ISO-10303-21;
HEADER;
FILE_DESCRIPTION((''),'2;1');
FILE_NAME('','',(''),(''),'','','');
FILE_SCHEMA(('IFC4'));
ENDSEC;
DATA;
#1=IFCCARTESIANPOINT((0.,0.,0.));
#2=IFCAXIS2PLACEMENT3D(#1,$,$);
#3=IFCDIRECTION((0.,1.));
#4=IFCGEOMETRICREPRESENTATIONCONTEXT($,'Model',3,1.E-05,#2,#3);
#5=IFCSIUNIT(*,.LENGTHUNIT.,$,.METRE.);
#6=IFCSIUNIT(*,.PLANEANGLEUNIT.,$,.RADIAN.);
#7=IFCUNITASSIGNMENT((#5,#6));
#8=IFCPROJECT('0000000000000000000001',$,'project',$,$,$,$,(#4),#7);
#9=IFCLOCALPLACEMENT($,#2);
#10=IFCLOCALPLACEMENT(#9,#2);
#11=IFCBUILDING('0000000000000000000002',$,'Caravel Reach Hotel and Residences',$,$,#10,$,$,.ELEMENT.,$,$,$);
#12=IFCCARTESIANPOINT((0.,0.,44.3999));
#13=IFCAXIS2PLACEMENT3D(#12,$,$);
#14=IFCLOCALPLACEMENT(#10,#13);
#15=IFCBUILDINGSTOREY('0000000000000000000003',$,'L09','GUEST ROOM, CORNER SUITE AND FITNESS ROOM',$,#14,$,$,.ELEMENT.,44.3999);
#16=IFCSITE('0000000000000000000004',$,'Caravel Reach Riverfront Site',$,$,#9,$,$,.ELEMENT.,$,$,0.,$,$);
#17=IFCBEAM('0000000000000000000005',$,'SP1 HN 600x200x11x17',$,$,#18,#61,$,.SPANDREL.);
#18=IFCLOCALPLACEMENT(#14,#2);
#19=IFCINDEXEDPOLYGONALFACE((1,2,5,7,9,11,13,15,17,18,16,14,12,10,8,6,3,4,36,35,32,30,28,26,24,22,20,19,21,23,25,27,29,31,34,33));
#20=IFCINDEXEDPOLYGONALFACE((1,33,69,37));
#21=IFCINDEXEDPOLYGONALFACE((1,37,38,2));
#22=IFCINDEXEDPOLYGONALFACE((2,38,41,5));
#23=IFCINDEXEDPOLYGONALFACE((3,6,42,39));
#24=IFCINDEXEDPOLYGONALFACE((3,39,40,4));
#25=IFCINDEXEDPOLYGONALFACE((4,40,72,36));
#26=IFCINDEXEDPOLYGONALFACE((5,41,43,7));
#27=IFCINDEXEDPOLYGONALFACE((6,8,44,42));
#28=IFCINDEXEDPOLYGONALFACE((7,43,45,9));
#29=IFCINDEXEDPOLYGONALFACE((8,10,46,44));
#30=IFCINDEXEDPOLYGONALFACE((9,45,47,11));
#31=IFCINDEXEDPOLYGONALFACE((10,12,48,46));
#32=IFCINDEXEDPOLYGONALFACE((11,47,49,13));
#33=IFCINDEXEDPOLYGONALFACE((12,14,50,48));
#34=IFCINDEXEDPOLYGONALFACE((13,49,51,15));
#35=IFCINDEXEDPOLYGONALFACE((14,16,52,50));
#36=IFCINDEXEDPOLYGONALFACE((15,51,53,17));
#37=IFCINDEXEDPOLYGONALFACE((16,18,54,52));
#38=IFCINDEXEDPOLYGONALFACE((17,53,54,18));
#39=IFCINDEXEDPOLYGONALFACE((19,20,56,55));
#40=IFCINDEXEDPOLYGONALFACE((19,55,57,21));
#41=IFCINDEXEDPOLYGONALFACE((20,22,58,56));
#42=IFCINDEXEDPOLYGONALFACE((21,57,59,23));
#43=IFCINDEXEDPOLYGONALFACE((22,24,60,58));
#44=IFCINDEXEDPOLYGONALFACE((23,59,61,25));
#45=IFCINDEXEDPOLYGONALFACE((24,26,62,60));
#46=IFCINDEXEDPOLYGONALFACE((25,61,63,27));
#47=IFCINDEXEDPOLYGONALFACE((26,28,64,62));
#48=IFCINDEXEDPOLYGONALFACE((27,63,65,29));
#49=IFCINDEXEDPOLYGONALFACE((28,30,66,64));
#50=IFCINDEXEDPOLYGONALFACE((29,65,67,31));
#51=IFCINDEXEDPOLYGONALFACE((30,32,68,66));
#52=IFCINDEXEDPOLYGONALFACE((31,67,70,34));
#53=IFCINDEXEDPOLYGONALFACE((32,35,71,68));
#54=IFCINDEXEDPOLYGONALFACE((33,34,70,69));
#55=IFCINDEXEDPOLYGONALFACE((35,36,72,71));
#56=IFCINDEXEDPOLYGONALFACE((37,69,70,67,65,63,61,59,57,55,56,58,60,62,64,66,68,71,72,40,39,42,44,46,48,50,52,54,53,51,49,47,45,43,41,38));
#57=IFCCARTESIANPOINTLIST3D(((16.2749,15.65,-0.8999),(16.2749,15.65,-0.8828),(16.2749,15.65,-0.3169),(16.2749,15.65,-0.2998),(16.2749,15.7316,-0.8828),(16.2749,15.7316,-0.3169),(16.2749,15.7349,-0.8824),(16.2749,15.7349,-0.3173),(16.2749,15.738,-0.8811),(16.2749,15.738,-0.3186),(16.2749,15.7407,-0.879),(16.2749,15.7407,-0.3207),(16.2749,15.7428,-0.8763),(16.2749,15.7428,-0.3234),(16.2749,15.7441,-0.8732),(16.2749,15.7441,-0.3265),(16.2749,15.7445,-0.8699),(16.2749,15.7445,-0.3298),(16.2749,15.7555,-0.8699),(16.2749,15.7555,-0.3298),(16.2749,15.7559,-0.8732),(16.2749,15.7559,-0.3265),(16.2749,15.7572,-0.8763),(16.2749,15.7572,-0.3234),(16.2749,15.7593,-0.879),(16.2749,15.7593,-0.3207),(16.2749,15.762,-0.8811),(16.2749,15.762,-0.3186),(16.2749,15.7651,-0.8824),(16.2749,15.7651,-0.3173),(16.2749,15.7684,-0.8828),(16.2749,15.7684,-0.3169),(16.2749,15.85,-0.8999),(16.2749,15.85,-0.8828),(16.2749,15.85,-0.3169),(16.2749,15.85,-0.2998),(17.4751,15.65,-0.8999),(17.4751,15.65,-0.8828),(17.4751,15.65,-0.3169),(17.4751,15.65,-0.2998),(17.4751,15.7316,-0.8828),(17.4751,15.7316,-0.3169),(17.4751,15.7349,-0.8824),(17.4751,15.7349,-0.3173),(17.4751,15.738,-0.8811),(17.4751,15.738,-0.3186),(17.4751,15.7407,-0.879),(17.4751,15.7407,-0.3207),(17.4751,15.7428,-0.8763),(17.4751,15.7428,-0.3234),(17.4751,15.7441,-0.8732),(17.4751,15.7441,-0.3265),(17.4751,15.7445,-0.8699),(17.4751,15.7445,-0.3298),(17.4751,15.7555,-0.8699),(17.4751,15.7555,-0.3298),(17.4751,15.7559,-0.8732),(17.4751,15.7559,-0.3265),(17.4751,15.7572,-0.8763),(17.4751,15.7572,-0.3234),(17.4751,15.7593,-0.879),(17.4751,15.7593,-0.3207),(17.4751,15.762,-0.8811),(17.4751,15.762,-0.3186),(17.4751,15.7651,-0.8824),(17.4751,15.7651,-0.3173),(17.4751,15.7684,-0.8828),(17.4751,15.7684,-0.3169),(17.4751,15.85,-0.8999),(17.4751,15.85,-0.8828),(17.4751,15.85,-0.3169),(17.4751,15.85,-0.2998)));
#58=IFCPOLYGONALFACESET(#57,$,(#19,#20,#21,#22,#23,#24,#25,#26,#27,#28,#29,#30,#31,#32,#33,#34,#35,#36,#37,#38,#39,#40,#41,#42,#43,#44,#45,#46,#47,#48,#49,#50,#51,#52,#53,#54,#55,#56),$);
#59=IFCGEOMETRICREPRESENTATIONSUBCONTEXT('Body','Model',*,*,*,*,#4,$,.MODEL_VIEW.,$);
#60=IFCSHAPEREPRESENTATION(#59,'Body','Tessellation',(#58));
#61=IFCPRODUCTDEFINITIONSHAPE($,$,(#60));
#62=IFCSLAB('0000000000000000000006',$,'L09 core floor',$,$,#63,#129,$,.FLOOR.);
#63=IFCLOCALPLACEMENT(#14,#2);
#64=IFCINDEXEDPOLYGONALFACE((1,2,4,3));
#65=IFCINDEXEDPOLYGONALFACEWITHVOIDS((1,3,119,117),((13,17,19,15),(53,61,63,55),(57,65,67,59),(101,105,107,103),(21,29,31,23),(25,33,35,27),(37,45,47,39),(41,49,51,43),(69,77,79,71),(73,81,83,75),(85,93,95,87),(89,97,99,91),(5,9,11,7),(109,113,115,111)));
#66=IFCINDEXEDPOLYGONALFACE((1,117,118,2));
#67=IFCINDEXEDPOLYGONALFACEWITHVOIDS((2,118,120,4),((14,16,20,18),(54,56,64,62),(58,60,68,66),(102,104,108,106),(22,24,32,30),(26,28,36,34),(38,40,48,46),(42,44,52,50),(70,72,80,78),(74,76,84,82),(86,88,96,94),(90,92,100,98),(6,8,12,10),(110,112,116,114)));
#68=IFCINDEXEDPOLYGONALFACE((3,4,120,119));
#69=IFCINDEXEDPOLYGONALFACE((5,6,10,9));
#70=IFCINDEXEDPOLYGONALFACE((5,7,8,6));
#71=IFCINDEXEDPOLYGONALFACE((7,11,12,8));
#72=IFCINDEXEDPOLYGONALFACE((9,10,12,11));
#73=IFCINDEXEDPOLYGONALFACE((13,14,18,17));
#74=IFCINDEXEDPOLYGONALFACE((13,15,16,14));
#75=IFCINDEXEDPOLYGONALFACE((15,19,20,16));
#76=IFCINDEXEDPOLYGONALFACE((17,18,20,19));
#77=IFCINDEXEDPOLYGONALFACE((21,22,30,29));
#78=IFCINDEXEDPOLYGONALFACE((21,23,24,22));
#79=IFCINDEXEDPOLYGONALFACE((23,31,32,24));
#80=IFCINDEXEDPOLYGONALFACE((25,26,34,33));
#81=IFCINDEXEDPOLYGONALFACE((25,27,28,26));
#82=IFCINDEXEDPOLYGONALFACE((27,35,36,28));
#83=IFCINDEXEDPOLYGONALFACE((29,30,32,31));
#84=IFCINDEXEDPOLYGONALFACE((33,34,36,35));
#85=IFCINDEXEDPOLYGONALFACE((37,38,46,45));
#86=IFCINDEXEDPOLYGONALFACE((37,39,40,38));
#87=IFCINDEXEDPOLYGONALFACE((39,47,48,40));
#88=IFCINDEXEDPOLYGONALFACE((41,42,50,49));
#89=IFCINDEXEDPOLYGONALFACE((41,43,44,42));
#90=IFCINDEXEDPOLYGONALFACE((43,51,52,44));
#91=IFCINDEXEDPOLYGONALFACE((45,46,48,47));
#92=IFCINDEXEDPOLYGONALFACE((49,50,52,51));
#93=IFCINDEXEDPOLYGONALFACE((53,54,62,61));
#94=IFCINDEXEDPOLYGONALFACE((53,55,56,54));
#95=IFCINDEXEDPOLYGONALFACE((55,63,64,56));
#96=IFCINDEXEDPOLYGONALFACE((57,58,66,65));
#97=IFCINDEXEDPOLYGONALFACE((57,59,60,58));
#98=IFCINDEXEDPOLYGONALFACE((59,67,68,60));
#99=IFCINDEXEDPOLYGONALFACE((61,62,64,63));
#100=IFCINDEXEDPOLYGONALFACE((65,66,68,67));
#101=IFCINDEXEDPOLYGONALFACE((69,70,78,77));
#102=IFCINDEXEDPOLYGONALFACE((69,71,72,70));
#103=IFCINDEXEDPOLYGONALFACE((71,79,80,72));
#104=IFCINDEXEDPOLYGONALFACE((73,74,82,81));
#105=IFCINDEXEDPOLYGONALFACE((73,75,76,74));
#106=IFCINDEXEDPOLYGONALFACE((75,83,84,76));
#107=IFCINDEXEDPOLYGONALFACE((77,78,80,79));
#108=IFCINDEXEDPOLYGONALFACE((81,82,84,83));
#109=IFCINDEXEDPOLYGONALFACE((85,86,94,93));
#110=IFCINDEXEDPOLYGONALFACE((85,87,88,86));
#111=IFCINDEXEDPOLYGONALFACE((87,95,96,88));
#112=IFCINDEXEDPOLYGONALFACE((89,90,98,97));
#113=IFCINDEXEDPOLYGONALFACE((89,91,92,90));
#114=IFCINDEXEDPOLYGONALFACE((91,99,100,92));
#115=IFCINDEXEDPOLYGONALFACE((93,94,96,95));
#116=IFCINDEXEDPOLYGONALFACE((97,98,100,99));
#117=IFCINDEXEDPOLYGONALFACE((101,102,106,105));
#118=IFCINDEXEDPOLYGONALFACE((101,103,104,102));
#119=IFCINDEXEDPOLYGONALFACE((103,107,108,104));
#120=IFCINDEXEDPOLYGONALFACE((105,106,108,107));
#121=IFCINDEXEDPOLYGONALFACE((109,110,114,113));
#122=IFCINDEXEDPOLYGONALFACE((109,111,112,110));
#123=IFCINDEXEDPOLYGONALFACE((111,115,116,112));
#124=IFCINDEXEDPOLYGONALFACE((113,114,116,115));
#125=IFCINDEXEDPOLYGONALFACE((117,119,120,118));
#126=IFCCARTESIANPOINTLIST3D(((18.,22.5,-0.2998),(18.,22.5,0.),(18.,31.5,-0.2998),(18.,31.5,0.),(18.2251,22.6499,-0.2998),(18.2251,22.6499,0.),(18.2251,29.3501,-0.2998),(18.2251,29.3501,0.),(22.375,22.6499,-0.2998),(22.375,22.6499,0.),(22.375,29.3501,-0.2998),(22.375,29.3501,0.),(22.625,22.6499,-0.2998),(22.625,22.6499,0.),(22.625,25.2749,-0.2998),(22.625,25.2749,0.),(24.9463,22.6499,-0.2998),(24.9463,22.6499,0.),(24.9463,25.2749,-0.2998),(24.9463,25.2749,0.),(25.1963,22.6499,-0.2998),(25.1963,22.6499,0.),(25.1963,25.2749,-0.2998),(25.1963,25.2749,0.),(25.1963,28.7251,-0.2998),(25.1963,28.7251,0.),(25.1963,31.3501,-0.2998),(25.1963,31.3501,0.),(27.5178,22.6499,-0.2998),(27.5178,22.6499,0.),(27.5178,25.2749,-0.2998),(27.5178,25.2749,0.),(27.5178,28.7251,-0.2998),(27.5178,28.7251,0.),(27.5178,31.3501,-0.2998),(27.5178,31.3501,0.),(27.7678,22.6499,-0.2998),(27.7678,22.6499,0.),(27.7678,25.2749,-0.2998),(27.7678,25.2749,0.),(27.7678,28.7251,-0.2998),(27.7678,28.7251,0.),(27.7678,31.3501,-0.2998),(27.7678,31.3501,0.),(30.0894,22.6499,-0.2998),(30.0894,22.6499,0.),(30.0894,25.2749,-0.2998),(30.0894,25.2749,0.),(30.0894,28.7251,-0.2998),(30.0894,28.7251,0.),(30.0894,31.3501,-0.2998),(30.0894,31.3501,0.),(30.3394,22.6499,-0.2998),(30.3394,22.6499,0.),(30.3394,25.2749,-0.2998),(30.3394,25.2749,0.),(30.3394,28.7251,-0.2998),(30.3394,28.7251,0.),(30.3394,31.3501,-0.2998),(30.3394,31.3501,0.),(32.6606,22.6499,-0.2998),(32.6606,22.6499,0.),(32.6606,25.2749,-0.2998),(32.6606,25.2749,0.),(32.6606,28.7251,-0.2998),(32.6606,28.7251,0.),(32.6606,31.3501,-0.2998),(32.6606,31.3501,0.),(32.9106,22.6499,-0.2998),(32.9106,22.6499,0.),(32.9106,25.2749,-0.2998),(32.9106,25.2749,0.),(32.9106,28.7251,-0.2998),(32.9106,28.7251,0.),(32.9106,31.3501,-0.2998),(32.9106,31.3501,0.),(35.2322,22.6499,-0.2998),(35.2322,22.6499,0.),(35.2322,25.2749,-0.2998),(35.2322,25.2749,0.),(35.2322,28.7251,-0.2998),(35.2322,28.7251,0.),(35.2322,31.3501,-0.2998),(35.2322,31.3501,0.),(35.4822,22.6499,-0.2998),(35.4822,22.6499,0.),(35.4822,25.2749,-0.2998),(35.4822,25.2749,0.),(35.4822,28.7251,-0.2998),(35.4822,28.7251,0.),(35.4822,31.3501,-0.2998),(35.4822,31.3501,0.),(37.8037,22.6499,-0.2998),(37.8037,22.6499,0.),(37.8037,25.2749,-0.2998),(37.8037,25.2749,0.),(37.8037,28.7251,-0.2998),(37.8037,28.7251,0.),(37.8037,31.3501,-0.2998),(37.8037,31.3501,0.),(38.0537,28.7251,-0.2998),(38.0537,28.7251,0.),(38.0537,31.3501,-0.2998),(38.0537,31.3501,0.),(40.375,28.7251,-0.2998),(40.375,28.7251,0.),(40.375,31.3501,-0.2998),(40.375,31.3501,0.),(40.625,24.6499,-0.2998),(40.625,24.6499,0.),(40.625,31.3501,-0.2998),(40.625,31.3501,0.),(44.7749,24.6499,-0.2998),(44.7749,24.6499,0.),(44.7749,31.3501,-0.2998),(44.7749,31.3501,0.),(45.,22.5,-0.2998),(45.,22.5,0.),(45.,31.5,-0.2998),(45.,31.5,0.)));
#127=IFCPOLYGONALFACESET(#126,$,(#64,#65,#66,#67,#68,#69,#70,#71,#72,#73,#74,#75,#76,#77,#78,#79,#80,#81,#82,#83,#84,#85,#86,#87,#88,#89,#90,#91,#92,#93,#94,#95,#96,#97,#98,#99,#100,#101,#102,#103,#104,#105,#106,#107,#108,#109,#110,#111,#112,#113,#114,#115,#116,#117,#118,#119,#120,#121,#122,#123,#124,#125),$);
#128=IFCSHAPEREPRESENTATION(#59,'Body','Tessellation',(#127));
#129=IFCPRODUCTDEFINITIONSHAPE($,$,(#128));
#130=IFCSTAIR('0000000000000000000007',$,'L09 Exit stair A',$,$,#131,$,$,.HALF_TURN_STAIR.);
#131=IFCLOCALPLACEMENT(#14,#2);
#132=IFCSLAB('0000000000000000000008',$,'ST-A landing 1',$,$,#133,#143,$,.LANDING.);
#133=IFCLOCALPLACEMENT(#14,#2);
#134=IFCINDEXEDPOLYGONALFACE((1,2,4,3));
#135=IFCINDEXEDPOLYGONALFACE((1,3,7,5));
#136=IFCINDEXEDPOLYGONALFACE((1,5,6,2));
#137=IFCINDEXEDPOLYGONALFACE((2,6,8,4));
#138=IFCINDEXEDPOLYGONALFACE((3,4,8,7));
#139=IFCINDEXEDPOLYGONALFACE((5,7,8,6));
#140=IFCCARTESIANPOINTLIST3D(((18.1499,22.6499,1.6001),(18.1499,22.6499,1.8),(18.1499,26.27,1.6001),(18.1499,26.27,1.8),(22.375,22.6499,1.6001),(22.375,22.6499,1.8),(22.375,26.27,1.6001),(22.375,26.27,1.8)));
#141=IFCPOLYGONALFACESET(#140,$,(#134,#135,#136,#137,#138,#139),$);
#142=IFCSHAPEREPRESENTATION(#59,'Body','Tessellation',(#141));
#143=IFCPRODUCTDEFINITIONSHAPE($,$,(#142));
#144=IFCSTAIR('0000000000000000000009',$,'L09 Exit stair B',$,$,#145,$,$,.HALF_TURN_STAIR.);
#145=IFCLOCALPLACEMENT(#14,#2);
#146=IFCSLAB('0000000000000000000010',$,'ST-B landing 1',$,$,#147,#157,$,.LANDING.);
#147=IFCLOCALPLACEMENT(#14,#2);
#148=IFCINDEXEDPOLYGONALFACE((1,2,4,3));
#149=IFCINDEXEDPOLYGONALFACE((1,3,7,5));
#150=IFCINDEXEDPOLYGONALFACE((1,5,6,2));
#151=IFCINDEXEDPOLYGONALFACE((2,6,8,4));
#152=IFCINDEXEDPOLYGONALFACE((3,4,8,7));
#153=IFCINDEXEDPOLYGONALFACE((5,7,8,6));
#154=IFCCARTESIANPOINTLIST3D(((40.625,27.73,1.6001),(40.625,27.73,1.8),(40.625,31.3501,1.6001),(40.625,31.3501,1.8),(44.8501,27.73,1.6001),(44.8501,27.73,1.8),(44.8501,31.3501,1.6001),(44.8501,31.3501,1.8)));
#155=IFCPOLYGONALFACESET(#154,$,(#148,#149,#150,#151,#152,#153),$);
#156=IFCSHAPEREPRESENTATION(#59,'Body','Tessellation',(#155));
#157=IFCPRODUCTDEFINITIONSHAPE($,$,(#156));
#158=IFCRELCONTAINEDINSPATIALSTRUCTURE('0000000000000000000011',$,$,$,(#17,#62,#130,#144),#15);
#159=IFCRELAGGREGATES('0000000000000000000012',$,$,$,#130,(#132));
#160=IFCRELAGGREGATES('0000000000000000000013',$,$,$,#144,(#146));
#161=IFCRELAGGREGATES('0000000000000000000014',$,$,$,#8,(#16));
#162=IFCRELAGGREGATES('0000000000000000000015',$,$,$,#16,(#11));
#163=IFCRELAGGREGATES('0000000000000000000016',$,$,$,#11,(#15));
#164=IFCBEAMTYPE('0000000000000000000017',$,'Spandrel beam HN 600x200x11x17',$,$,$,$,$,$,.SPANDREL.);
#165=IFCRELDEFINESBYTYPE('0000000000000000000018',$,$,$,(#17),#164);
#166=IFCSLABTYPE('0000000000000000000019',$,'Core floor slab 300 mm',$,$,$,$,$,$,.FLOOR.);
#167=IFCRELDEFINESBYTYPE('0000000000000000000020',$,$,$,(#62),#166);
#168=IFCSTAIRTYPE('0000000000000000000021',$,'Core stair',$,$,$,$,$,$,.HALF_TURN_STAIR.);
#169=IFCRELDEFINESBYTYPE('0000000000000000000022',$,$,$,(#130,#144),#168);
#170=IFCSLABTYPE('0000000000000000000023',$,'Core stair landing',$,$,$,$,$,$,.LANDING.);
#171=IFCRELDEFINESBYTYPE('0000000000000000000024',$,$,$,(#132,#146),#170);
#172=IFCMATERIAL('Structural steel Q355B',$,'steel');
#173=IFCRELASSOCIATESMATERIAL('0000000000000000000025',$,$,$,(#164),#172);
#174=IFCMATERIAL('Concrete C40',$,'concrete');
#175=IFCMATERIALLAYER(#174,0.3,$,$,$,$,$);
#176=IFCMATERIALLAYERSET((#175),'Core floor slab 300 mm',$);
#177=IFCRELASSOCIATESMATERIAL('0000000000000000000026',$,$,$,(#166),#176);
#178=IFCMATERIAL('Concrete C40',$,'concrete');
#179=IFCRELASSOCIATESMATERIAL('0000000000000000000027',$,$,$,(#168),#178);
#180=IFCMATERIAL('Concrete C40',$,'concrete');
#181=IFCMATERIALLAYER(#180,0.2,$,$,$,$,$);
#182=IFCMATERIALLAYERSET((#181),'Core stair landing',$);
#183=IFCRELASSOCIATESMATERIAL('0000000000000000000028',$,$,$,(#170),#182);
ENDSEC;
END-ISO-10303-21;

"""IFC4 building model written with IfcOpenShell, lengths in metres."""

from ifc_helpers import new_model, si_unit, direction, frame, origin, origin_2d, place, context, subcontext, project, spatial, polyline, i_section, outline, extrude, material, layer, layer_set, material_profile, profile_set, type_object, element, aggregate, save


model = new_model("IFC4")

# Units and contexts
model_context = context("Model", 3, precision=1e-05, world=origin(), true_north=direction((0.0, 1.0)))
body_context = subcontext(model_context, "Body", "Model", "MODEL_VIEW")
ifc_project = project(units=[si_unit("LENGTHUNIT", "METRE"), si_unit("PLANEANGLEUNIT", "RADIAN")], contexts=[model_context])

# Site, building, storey
site_placement = place(None, origin())
site = spatial("IfcSite", under=ifc_project, at=site_placement, Name="Caravel Reach Riverfront Site", CompositionType="ELEMENT", RefElevation=0.0)
building_placement = place(site_placement, origin())
building = spatial("IfcBuilding", under=site, at=building_placement, Name="Caravel Reach Hotel and Residences", CompositionType="ELEMENT")
storey_placement = place(building_placement, frame((0.0, 0.0, 44.3999)))
storey = spatial("IfcBuildingStorey", under=building, at=storey_placement, Name="L09", Description="GUEST ROOM, CORNER SUITE AND FITNESS ROOM", CompositionType="ELEMENT", Elevation=44.3999)

# Beam
ifc_material_1 = material(Name="Structural steel Q355B", Category="steel")
ifc_material_profile_1 = material_profile(ifc_material_1, i_section(OverallWidth=0.2, OverallDepth=0.6001, WebThickness=0.011, FlangeThickness=0.0171, FilletRadius=0.0129, at=origin_2d()), Name="HN 600x200x11x17")
ifc_profile_set_1 = profile_set([ifc_material_profile_1], Name="Structural steel Q355B")
beam_type = type_object("IfcBeamType", Name="Spandrel beam HN 600x200x11x17", PredefinedType="SPANDREL", material=ifc_profile_set_1)
for number, where, z_axis, x_axis, name in (
    (1, (16.2749, 15.75, -0.5999), (1.0, 0.0, 0.0), (0.0, 1.0, 0.0), "SP1 HN 600x200x11x17"),
):
    element("IfcBeam", number, at=place(storey_placement, frame(where, z_axis=z_axis, x_axis=x_axis)), inside=storey, type_object=beam_type, Name=name, PredefinedType="SPANDREL", context=body_context, shape_type="SweptSolid", body=[
        extrude(i_section(OverallWidth=0.2, OverallDepth=0.6001, WebThickness=0.011, FlangeThickness=0.0171, FilletRadius=0.0129, at=origin_2d()), origin(), (0.0, 0.0, 1.0), 1.2002),
    ])

# Slab
ifc_material_2 = material(Name="Concrete C40", Category="concrete")
ifc_layer_1 = layer(ifc_material_2, 0.3)
ifc_layer_set_1 = layer_set([ifc_layer_1], Name="Core floor slab 300 mm")
slab_type_1 = type_object("IfcSlabType", Name="Core floor slab 300 mm", PredefinedType="FLOOR", material=ifc_layer_set_1)
slab_1_placement = place(storey_placement, frame((0.0, 0.0, -0.2998)))
element("IfcSlab", 2, at=slab_1_placement, inside=storey, type_object=slab_type_1, Name="L09 core floor", PredefinedType="FLOOR", context=body_context, shape_type="SweptSolid", body=[
    extrude(outline(polyline([(18.0, 31.5), (45.0, 31.5), (45.0, 22.5), (18.0, 22.5), (18.0, 31.5)]), holes=[polyline([(22.625, 25.2749), (22.625, 22.6499), (24.9463, 22.6499), (24.9463, 25.2749), (22.625, 25.2749)]), polyline([(27.5178, 25.2749), (25.1963, 25.2749), (25.1963, 22.6499), (27.5178, 22.6499), (27.5178, 25.2749)]), polyline([(30.0894, 25.2749), (27.7678, 25.2749), (27.7678, 22.6499), (30.0894, 22.6499), (30.0894, 25.2749)]), polyline([(32.6606, 25.2749), (30.3394, 25.2749), (30.3394, 22.6499), (32.6606, 22.6499), (32.6606, 25.2749)]), polyline([(18.2251, 22.6499), (22.375, 22.6499), (22.375, 29.3501), (18.2251, 29.3501), (18.2251, 22.6499)]), polyline([(27.5178, 31.3501), (25.1963, 31.3501), (25.1963, 28.7251), (27.5178, 28.7251), (27.5178, 31.3501)]), polyline([(30.0894, 31.3501), (27.7678, 31.3501), (27.7678, 28.7251), (30.0894, 28.7251), (30.0894, 31.3501)]), polyline([(32.9106, 25.2749), (32.9106, 22.6499), (35.2322, 22.6499), (35.2322, 25.2749), (32.9106, 25.2749)]), polyline([(37.8037, 25.2749), (35.4822, 25.2749), (35.4822, 22.6499), (37.8037, 22.6499), (37.8037, 25.2749)]), polyline([(44.7749, 31.3501), (40.625, 31.3501), (40.625, 24.6499), (44.7749, 24.6499), (44.7749, 31.3501)]), polyline([(32.6606, 31.3501), (30.3394, 31.3501), (30.3394, 28.7251), (32.6606, 28.7251), (32.6606, 31.3501)]), polyline([(35.2322, 31.3501), (32.9106, 31.3501), (32.9106, 28.7251), (35.2322, 28.7251), (35.2322, 31.3501)]), polyline([(37.8037, 31.3501), (35.4822, 31.3501), (35.4822, 28.7251), (37.8037, 28.7251), (37.8037, 31.3501)]), polyline([(40.375, 31.3501), (38.0537, 31.3501), (38.0537, 28.7251), (40.375, 28.7251), (40.375, 31.3501)])]), origin(), (0.0, 0.0, 1.0), 0.2998),
])

# Stairs, slabs
ifc_material_3 = material(Name="Concrete C40", Category="concrete")
stair_type = type_object("IfcStairType", Name="Core stair", PredefinedType="HALF_TURN_STAIR", material=ifc_material_3)
stair_1_placement = place(storey_placement, origin())
stair_1 = element("IfcStair", 3, at=stair_1_placement, inside=storey, type_object=stair_type, Name="L09 Exit stair A", PredefinedType="HALF_TURN_STAIR")
ifc_material_4 = material(Name="Concrete C40", Category="concrete")
ifc_layer_2 = layer(ifc_material_4, 0.2)
ifc_layer_set_2 = layer_set([ifc_layer_2], Name="Core stair landing")
slab_type_2 = type_object("IfcSlabType", Name="Core stair landing", PredefinedType="LANDING", material=ifc_layer_set_2)
slab_2_placement = place(storey_placement, frame((0.0, 0.0, 1.6001)))
slab_2 = element("IfcSlab", 4, at=slab_2_placement, type_object=slab_type_2, Name="ST-A landing 1", PredefinedType="LANDING", context=body_context, shape_type="SweptSolid", body=[
    extrude(outline(polyline([(18.1499, 26.27), (18.1499, 22.6499), (22.375, 22.6499), (22.375, 26.27), (18.1499, 26.27)])), origin(), (0.0, 0.0, 1.0), 0.2),
])
aggregate(stair_1, [slab_2])
stair_2_placement = place(storey_placement, origin())
stair_2 = element("IfcStair", 5, at=stair_2_placement, inside=storey, type_object=stair_type, Name="L09 Exit stair B", PredefinedType="HALF_TURN_STAIR")
slab_3_placement = place(storey_placement, frame((0.0, 0.0, 1.6001)))
slab_3 = element("IfcSlab", 6, at=slab_3_placement, type_object=slab_type_2, Name="ST-B landing 1", PredefinedType="LANDING", context=body_context, shape_type="SweptSolid", body=[
    extrude(outline(polyline([(44.8501, 27.73), (44.8501, 31.3501), (40.625, 31.3501), (40.625, 27.73), (44.8501, 27.73)])), origin(), (0.0, 0.0, 1.0), 0.2),
])
aggregate(stair_2, [slab_3])

save(model, "model.ifc")
